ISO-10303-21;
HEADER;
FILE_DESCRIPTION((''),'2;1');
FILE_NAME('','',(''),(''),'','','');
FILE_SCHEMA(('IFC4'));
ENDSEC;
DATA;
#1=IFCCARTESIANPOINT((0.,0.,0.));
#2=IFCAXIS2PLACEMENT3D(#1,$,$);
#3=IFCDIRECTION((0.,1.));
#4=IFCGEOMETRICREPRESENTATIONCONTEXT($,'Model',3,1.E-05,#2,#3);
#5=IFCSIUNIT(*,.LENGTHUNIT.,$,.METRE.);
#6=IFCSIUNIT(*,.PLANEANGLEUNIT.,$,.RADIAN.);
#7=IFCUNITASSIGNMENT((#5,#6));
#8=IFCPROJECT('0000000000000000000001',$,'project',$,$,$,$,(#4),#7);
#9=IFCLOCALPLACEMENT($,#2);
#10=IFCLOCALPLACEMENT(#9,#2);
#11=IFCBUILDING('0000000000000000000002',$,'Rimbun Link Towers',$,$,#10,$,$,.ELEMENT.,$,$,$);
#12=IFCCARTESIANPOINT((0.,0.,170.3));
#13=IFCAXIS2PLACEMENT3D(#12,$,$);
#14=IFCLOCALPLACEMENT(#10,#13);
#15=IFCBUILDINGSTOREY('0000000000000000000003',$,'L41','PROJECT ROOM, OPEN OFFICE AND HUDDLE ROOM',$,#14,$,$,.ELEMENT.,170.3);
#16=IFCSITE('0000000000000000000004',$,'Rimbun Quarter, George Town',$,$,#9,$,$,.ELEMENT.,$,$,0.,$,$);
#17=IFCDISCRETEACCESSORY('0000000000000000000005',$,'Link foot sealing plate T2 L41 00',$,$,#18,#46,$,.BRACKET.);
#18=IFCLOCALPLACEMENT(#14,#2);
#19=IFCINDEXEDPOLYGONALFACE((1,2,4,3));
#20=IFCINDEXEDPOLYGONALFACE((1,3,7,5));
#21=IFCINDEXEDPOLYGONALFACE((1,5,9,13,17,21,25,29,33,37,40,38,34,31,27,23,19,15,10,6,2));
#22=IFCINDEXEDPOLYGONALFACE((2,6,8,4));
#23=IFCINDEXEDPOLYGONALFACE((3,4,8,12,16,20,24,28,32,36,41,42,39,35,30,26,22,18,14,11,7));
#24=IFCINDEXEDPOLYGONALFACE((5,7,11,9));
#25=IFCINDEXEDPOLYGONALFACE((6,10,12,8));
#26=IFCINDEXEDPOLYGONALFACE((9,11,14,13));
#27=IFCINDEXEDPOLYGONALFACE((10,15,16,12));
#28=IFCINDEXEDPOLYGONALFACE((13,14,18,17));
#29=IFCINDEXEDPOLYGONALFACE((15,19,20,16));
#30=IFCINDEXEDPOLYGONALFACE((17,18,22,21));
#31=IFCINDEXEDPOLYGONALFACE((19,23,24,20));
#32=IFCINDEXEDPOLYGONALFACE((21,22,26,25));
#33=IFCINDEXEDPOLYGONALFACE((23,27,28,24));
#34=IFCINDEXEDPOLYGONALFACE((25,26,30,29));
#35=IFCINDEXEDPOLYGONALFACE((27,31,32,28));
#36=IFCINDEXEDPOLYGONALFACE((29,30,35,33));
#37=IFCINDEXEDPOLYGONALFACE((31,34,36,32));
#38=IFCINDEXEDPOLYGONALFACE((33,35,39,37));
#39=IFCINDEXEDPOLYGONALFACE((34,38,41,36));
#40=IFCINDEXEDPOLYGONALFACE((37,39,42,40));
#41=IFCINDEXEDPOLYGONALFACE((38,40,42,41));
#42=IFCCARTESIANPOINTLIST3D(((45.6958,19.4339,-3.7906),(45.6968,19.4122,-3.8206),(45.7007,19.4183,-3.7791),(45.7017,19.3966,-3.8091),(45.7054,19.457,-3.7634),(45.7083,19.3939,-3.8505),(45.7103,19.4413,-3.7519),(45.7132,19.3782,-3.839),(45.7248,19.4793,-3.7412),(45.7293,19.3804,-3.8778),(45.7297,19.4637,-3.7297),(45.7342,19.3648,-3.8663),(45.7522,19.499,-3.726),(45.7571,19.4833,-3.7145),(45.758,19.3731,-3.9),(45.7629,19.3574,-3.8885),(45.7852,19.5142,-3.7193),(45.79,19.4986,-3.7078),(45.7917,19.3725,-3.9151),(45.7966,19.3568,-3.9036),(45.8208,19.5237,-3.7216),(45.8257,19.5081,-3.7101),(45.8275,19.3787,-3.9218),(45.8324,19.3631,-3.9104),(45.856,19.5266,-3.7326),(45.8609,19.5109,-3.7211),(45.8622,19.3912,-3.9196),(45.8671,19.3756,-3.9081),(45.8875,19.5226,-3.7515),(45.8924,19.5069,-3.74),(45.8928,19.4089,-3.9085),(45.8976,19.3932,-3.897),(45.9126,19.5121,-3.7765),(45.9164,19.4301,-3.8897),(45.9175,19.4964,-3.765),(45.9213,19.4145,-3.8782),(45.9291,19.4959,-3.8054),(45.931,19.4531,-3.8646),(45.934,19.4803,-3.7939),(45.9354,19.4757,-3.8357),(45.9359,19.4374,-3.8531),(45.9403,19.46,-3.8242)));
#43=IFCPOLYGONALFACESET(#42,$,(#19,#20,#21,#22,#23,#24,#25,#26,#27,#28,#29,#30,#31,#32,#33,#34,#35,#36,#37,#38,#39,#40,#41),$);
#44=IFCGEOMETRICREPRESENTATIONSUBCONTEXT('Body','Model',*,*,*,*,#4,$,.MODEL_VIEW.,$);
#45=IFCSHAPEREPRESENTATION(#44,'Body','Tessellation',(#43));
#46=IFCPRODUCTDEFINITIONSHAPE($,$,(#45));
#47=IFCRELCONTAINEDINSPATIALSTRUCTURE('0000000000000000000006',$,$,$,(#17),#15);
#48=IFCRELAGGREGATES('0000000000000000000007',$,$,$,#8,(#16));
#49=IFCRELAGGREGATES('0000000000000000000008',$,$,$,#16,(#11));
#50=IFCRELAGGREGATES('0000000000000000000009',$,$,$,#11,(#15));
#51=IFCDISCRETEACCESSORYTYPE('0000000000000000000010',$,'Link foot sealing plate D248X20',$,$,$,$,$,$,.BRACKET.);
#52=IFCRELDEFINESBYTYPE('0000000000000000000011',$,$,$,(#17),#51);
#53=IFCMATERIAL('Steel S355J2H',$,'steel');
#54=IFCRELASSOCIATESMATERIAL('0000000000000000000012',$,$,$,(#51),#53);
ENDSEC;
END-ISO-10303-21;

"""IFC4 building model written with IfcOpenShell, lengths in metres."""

from ifc_helpers import new_model, si_unit, direction, frame, origin, origin_2d, place, context, subcontext, project, spatial, circle, extrude, material, material_profile, profile_set, type_object, element, save


model = new_model("IFC4")

# Units and contexts
model_context = context("Model", 3, precision=1e-05, world=origin(), true_north=direction((0.0, 1.0)))
body_context = subcontext(model_context, "Body", "Model", "MODEL_VIEW")
ifc_project = project(units=[si_unit("LENGTHUNIT", "METRE"), si_unit("PLANEANGLEUNIT", "RADIAN")], contexts=[model_context])

# Site, building, storey
site_placement = place(None, origin())
site = spatial("IfcSite", under=ifc_project, at=site_placement, Name="Rimbun Quarter, George Town", CompositionType="ELEMENT", RefElevation=0.0)
building_placement = place(site_placement, origin())
building = spatial("IfcBuilding", under=site, at=building_placement, Name="Rimbun Link Towers", CompositionType="ELEMENT")
storey_placement = place(building_placement, frame((0.0, 0.0, 170.3)))
storey = spatial("IfcBuildingStorey", under=building, at=storey_placement, Name="L41", Description="PROJECT ROOM, OPEN OFFICE AND HUDDLE ROOM", CompositionType="ELEMENT", Elevation=170.3)

# Discrete accessory
ifc_material_1 = material(Name="Steel S355J2H", Category="steel")
ifc_material_profile_1 = material_profile(ifc_material_1, circle(Radius=0.124, at=origin_2d()), Name="PL D248")
ifc_profile_set_1 = profile_set([ifc_material_profile_1], Name="Steel S355J2H")
discrete_accessory_type = type_object("IfcDiscreteAccessoryType", Name="Link foot sealing plate D248X20", PredefinedType="BRACKET", material=ifc_profile_set_1)
discrete_accessory_placement = place(storey_placement, frame((45.8201, 19.4336, -3.8091), z_axis=(-0.244248, 0.781593, -0.573982), x_axis=(-0.95448, -0.298275, 0.0)))
element("IfcDiscreteAccessory", 1, at=discrete_accessory_placement, inside=storey, type_object=discrete_accessory_type, Name="Link foot sealing plate T2 L41 00", PredefinedType="BRACKET", context=body_context, shape_type="SweptSolid", body=[
    extrude(circle(Radius=0.124, at=origin_2d()), origin(), (0.0, 0.0, 1.0), 0.02),
])

save(model, "model.ifc")
